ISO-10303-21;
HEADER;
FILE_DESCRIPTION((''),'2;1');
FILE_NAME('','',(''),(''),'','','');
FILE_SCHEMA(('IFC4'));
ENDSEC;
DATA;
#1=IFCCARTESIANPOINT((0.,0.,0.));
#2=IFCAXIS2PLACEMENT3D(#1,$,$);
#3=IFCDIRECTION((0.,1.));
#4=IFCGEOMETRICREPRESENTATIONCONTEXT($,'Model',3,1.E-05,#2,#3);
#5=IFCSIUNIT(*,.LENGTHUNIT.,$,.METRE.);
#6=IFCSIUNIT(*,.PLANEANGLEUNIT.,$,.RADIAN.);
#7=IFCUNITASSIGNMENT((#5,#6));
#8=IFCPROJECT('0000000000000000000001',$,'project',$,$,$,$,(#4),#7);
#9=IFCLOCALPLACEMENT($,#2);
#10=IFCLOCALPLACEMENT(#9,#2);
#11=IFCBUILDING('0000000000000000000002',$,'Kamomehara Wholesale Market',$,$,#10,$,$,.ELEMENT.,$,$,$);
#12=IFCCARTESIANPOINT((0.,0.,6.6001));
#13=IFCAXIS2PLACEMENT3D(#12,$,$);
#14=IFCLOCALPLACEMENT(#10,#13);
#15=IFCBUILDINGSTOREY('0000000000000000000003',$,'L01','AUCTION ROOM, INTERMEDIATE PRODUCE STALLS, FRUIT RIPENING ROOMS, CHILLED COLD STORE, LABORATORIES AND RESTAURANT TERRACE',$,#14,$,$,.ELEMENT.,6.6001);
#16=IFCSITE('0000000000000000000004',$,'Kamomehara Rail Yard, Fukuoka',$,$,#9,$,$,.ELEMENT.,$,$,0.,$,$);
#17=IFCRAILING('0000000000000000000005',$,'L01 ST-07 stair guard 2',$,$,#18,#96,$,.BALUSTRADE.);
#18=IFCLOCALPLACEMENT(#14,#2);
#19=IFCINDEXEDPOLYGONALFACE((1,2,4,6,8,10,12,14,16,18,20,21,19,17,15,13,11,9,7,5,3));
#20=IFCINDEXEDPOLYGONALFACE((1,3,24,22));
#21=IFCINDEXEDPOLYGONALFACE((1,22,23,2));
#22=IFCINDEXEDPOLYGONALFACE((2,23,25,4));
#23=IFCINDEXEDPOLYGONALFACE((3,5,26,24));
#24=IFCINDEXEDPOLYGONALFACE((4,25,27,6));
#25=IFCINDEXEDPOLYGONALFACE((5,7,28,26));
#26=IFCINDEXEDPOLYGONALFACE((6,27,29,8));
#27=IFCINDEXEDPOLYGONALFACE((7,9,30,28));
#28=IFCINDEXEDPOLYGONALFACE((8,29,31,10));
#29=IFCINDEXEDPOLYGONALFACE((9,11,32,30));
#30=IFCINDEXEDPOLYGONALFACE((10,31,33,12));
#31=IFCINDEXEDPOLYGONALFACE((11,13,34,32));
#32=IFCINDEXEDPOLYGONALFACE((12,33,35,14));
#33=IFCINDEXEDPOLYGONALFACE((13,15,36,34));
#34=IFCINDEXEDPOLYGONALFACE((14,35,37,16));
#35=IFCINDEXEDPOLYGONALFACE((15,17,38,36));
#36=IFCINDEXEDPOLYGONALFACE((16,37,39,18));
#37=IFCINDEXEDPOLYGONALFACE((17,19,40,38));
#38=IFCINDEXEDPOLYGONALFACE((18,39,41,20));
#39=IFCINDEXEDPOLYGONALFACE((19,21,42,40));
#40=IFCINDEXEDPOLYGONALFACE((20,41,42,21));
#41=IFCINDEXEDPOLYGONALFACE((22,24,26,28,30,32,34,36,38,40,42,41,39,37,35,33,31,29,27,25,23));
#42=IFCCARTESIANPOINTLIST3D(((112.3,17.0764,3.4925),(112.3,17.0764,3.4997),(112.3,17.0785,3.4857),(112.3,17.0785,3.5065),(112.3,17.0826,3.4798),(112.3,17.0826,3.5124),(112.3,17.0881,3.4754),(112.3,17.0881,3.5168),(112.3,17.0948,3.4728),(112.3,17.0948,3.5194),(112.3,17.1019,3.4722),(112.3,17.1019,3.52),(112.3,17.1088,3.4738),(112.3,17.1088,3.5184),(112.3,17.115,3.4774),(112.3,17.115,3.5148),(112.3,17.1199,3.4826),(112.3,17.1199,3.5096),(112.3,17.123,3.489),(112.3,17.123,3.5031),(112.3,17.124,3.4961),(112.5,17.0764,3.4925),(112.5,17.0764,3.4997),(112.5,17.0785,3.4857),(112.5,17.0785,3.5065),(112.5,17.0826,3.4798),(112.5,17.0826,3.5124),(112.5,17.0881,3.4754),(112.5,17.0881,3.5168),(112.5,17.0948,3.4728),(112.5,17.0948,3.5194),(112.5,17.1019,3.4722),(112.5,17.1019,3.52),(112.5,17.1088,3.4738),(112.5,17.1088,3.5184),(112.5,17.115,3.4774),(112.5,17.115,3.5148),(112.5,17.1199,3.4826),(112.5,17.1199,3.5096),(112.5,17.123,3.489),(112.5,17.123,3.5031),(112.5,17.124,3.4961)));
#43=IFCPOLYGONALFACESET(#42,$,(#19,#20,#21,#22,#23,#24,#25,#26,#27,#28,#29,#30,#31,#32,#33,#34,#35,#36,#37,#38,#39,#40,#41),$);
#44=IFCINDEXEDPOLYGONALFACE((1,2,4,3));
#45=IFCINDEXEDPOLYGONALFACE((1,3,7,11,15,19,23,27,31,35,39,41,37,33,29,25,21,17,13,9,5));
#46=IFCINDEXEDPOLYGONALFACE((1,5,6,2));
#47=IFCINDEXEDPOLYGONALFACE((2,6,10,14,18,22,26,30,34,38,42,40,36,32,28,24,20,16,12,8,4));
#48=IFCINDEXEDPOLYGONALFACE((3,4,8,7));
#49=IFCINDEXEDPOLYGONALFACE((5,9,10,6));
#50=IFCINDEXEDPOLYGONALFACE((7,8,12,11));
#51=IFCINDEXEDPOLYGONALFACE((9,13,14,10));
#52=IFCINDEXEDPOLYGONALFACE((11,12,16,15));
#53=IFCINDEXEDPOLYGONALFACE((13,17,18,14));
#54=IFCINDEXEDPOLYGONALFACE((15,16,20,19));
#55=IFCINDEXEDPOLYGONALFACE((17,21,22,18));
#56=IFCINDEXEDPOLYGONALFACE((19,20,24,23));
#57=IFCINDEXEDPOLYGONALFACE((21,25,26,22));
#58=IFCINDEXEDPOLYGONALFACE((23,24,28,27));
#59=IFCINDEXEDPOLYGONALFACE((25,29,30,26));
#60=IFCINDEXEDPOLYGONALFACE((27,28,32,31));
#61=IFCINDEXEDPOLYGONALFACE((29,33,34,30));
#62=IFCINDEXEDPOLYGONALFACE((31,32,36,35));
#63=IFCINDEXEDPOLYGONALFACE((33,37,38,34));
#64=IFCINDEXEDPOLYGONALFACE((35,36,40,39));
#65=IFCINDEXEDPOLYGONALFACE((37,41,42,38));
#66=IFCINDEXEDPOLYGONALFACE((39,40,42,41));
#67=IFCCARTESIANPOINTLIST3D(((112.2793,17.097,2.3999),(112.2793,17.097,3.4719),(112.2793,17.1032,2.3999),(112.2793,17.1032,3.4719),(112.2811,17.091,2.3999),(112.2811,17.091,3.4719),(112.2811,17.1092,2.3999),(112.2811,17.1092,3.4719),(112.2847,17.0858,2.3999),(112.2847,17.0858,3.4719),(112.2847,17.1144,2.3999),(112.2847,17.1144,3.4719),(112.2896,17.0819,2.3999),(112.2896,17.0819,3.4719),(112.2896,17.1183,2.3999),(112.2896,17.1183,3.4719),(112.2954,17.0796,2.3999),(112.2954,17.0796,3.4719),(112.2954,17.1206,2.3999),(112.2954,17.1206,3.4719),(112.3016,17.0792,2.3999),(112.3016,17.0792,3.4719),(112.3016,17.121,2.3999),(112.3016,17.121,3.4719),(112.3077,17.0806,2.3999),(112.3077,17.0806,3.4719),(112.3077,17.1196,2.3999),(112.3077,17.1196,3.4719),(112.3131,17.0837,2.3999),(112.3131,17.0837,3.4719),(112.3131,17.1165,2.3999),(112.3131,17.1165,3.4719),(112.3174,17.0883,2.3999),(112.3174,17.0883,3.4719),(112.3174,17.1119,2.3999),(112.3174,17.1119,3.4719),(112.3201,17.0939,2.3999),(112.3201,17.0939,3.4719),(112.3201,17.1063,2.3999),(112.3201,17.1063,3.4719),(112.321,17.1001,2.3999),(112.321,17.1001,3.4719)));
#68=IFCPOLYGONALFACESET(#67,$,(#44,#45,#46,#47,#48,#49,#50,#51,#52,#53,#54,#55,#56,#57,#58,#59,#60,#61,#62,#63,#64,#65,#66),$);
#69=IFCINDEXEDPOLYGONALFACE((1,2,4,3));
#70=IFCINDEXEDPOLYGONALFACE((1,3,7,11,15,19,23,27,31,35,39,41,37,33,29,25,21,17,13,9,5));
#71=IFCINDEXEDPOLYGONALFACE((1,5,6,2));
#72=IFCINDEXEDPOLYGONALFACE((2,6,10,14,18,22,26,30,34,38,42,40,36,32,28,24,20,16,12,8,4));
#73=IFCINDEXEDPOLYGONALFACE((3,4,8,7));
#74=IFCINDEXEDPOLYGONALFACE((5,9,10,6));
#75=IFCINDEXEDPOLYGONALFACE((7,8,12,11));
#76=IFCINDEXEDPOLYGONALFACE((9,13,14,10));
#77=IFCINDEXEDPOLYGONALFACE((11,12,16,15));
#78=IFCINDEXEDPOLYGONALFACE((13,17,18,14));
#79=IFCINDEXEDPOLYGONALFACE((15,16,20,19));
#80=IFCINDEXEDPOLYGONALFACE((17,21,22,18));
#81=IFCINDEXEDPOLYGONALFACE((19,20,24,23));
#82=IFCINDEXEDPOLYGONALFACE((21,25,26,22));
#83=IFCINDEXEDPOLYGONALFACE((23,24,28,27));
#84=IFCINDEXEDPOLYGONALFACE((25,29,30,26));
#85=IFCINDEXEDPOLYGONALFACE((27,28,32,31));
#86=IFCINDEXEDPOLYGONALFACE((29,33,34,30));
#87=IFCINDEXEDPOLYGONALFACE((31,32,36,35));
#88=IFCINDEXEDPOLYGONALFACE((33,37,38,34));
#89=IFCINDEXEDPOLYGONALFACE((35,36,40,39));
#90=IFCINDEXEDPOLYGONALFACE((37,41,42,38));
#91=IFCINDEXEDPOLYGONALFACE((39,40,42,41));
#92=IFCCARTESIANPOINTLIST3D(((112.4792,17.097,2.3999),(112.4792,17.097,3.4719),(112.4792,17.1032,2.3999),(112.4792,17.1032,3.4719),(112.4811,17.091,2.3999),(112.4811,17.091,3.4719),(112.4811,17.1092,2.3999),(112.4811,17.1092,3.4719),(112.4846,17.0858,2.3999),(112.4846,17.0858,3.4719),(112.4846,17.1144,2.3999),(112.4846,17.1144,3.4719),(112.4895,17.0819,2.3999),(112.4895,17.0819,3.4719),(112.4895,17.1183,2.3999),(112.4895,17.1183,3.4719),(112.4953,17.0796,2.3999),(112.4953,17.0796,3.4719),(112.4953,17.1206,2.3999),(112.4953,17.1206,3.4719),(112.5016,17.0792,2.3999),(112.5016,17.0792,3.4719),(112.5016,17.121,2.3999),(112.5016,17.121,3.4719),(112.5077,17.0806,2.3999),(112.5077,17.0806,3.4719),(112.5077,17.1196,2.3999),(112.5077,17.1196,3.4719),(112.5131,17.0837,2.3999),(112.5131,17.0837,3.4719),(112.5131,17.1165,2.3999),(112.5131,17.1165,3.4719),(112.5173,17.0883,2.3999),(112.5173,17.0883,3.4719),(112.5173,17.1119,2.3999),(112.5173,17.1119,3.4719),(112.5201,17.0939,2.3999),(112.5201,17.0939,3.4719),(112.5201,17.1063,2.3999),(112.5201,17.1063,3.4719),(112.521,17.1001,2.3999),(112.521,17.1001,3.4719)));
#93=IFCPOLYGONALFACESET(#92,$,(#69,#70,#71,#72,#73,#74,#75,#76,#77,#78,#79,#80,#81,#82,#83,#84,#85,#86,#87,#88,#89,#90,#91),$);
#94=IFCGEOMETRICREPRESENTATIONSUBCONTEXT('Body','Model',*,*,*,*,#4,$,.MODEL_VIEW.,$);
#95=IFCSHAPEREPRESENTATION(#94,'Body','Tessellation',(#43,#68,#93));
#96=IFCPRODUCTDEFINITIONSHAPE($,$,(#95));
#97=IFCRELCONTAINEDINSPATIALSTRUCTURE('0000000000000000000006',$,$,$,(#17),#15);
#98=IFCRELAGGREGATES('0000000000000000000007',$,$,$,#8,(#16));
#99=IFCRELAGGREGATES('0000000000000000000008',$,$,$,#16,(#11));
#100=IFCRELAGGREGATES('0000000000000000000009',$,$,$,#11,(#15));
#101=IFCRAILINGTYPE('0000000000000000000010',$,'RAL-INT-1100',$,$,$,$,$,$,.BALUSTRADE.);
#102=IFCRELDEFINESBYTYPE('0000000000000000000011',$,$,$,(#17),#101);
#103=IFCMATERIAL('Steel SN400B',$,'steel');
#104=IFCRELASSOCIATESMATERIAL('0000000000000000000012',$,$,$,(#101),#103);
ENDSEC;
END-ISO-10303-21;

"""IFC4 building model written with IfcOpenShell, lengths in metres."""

from ifc_helpers import new_model, si_unit, direction, frame, origin, origin_2d, place, context, subcontext, project, spatial, circle, extrude, material, type_object, element, save


model = new_model("IFC4")

# Units and contexts
model_context = context("Model", 3, precision=1e-05, world=origin(), true_north=direction((0.0, 1.0)))
body_context = subcontext(model_context, "Body", "Model", "MODEL_VIEW")
ifc_project = project(units=[si_unit("LENGTHUNIT", "METRE"), si_unit("PLANEANGLEUNIT", "RADIAN")], contexts=[model_context])

# Site, building, storey
site_placement = place(None, origin())
site = spatial("IfcSite", under=ifc_project, at=site_placement, Name="Kamomehara Rail Yard, Fukuoka", CompositionType="ELEMENT", RefElevation=0.0)
building_placement = place(site_placement, origin())
building = spatial("IfcBuilding", under=site, at=building_placement, Name="Kamomehara Wholesale Market", CompositionType="ELEMENT")
storey_placement = place(building_placement, frame((0.0, 0.0, 6.6001)))
storey = spatial("IfcBuildingStorey", under=building, at=storey_placement, Name="L01", Description="AUCTION ROOM, INTERMEDIATE PRODUCE STALLS, FRUIT RIPENING ROOMS, CHILLED COLD STORE, LABORATORIES AND RESTAURANT TERRACE", CompositionType="ELEMENT", Elevation=6.6001)

# Railing
ifc_material_1 = material(Name="Steel SN400B", Category="steel")
railing_type_1 = type_object("IfcRailingType", Name="RAL-INT-1100", PredefinedType="BALUSTRADE", material=ifc_material_1)
railing_1_placement = place(storey_placement, frame((112.3, 17.1001, 2.3999)))
element("IfcRailing", 1, at=railing_1_placement, inside=storey, type_object=railing_type_1, Name="L01 ST-07 stair guard 2", PredefinedType="BALUSTRADE", context=body_context, shape_type="SweptSolid", body=[
    extrude(circle(Radius=0.0239, at=origin_2d()), frame((0.0, 0.0, 1.0962), z_axis=(1.0, 0.0, 0.0), x_axis=(0.0, 1.0, 0.0)), (0.0, 0.0, 1.0), 0.2),
    extrude(circle(Radius=0.021, at=origin_2d()), origin(), (0.0, 0.0, 1.0), 1.072),
    extrude(circle(Radius=0.021, at=origin_2d()), frame((0.2, 0.0, 0.0)), (0.0, 0.0, 1.0), 1.072),
])

save(model, "model.ifc")
